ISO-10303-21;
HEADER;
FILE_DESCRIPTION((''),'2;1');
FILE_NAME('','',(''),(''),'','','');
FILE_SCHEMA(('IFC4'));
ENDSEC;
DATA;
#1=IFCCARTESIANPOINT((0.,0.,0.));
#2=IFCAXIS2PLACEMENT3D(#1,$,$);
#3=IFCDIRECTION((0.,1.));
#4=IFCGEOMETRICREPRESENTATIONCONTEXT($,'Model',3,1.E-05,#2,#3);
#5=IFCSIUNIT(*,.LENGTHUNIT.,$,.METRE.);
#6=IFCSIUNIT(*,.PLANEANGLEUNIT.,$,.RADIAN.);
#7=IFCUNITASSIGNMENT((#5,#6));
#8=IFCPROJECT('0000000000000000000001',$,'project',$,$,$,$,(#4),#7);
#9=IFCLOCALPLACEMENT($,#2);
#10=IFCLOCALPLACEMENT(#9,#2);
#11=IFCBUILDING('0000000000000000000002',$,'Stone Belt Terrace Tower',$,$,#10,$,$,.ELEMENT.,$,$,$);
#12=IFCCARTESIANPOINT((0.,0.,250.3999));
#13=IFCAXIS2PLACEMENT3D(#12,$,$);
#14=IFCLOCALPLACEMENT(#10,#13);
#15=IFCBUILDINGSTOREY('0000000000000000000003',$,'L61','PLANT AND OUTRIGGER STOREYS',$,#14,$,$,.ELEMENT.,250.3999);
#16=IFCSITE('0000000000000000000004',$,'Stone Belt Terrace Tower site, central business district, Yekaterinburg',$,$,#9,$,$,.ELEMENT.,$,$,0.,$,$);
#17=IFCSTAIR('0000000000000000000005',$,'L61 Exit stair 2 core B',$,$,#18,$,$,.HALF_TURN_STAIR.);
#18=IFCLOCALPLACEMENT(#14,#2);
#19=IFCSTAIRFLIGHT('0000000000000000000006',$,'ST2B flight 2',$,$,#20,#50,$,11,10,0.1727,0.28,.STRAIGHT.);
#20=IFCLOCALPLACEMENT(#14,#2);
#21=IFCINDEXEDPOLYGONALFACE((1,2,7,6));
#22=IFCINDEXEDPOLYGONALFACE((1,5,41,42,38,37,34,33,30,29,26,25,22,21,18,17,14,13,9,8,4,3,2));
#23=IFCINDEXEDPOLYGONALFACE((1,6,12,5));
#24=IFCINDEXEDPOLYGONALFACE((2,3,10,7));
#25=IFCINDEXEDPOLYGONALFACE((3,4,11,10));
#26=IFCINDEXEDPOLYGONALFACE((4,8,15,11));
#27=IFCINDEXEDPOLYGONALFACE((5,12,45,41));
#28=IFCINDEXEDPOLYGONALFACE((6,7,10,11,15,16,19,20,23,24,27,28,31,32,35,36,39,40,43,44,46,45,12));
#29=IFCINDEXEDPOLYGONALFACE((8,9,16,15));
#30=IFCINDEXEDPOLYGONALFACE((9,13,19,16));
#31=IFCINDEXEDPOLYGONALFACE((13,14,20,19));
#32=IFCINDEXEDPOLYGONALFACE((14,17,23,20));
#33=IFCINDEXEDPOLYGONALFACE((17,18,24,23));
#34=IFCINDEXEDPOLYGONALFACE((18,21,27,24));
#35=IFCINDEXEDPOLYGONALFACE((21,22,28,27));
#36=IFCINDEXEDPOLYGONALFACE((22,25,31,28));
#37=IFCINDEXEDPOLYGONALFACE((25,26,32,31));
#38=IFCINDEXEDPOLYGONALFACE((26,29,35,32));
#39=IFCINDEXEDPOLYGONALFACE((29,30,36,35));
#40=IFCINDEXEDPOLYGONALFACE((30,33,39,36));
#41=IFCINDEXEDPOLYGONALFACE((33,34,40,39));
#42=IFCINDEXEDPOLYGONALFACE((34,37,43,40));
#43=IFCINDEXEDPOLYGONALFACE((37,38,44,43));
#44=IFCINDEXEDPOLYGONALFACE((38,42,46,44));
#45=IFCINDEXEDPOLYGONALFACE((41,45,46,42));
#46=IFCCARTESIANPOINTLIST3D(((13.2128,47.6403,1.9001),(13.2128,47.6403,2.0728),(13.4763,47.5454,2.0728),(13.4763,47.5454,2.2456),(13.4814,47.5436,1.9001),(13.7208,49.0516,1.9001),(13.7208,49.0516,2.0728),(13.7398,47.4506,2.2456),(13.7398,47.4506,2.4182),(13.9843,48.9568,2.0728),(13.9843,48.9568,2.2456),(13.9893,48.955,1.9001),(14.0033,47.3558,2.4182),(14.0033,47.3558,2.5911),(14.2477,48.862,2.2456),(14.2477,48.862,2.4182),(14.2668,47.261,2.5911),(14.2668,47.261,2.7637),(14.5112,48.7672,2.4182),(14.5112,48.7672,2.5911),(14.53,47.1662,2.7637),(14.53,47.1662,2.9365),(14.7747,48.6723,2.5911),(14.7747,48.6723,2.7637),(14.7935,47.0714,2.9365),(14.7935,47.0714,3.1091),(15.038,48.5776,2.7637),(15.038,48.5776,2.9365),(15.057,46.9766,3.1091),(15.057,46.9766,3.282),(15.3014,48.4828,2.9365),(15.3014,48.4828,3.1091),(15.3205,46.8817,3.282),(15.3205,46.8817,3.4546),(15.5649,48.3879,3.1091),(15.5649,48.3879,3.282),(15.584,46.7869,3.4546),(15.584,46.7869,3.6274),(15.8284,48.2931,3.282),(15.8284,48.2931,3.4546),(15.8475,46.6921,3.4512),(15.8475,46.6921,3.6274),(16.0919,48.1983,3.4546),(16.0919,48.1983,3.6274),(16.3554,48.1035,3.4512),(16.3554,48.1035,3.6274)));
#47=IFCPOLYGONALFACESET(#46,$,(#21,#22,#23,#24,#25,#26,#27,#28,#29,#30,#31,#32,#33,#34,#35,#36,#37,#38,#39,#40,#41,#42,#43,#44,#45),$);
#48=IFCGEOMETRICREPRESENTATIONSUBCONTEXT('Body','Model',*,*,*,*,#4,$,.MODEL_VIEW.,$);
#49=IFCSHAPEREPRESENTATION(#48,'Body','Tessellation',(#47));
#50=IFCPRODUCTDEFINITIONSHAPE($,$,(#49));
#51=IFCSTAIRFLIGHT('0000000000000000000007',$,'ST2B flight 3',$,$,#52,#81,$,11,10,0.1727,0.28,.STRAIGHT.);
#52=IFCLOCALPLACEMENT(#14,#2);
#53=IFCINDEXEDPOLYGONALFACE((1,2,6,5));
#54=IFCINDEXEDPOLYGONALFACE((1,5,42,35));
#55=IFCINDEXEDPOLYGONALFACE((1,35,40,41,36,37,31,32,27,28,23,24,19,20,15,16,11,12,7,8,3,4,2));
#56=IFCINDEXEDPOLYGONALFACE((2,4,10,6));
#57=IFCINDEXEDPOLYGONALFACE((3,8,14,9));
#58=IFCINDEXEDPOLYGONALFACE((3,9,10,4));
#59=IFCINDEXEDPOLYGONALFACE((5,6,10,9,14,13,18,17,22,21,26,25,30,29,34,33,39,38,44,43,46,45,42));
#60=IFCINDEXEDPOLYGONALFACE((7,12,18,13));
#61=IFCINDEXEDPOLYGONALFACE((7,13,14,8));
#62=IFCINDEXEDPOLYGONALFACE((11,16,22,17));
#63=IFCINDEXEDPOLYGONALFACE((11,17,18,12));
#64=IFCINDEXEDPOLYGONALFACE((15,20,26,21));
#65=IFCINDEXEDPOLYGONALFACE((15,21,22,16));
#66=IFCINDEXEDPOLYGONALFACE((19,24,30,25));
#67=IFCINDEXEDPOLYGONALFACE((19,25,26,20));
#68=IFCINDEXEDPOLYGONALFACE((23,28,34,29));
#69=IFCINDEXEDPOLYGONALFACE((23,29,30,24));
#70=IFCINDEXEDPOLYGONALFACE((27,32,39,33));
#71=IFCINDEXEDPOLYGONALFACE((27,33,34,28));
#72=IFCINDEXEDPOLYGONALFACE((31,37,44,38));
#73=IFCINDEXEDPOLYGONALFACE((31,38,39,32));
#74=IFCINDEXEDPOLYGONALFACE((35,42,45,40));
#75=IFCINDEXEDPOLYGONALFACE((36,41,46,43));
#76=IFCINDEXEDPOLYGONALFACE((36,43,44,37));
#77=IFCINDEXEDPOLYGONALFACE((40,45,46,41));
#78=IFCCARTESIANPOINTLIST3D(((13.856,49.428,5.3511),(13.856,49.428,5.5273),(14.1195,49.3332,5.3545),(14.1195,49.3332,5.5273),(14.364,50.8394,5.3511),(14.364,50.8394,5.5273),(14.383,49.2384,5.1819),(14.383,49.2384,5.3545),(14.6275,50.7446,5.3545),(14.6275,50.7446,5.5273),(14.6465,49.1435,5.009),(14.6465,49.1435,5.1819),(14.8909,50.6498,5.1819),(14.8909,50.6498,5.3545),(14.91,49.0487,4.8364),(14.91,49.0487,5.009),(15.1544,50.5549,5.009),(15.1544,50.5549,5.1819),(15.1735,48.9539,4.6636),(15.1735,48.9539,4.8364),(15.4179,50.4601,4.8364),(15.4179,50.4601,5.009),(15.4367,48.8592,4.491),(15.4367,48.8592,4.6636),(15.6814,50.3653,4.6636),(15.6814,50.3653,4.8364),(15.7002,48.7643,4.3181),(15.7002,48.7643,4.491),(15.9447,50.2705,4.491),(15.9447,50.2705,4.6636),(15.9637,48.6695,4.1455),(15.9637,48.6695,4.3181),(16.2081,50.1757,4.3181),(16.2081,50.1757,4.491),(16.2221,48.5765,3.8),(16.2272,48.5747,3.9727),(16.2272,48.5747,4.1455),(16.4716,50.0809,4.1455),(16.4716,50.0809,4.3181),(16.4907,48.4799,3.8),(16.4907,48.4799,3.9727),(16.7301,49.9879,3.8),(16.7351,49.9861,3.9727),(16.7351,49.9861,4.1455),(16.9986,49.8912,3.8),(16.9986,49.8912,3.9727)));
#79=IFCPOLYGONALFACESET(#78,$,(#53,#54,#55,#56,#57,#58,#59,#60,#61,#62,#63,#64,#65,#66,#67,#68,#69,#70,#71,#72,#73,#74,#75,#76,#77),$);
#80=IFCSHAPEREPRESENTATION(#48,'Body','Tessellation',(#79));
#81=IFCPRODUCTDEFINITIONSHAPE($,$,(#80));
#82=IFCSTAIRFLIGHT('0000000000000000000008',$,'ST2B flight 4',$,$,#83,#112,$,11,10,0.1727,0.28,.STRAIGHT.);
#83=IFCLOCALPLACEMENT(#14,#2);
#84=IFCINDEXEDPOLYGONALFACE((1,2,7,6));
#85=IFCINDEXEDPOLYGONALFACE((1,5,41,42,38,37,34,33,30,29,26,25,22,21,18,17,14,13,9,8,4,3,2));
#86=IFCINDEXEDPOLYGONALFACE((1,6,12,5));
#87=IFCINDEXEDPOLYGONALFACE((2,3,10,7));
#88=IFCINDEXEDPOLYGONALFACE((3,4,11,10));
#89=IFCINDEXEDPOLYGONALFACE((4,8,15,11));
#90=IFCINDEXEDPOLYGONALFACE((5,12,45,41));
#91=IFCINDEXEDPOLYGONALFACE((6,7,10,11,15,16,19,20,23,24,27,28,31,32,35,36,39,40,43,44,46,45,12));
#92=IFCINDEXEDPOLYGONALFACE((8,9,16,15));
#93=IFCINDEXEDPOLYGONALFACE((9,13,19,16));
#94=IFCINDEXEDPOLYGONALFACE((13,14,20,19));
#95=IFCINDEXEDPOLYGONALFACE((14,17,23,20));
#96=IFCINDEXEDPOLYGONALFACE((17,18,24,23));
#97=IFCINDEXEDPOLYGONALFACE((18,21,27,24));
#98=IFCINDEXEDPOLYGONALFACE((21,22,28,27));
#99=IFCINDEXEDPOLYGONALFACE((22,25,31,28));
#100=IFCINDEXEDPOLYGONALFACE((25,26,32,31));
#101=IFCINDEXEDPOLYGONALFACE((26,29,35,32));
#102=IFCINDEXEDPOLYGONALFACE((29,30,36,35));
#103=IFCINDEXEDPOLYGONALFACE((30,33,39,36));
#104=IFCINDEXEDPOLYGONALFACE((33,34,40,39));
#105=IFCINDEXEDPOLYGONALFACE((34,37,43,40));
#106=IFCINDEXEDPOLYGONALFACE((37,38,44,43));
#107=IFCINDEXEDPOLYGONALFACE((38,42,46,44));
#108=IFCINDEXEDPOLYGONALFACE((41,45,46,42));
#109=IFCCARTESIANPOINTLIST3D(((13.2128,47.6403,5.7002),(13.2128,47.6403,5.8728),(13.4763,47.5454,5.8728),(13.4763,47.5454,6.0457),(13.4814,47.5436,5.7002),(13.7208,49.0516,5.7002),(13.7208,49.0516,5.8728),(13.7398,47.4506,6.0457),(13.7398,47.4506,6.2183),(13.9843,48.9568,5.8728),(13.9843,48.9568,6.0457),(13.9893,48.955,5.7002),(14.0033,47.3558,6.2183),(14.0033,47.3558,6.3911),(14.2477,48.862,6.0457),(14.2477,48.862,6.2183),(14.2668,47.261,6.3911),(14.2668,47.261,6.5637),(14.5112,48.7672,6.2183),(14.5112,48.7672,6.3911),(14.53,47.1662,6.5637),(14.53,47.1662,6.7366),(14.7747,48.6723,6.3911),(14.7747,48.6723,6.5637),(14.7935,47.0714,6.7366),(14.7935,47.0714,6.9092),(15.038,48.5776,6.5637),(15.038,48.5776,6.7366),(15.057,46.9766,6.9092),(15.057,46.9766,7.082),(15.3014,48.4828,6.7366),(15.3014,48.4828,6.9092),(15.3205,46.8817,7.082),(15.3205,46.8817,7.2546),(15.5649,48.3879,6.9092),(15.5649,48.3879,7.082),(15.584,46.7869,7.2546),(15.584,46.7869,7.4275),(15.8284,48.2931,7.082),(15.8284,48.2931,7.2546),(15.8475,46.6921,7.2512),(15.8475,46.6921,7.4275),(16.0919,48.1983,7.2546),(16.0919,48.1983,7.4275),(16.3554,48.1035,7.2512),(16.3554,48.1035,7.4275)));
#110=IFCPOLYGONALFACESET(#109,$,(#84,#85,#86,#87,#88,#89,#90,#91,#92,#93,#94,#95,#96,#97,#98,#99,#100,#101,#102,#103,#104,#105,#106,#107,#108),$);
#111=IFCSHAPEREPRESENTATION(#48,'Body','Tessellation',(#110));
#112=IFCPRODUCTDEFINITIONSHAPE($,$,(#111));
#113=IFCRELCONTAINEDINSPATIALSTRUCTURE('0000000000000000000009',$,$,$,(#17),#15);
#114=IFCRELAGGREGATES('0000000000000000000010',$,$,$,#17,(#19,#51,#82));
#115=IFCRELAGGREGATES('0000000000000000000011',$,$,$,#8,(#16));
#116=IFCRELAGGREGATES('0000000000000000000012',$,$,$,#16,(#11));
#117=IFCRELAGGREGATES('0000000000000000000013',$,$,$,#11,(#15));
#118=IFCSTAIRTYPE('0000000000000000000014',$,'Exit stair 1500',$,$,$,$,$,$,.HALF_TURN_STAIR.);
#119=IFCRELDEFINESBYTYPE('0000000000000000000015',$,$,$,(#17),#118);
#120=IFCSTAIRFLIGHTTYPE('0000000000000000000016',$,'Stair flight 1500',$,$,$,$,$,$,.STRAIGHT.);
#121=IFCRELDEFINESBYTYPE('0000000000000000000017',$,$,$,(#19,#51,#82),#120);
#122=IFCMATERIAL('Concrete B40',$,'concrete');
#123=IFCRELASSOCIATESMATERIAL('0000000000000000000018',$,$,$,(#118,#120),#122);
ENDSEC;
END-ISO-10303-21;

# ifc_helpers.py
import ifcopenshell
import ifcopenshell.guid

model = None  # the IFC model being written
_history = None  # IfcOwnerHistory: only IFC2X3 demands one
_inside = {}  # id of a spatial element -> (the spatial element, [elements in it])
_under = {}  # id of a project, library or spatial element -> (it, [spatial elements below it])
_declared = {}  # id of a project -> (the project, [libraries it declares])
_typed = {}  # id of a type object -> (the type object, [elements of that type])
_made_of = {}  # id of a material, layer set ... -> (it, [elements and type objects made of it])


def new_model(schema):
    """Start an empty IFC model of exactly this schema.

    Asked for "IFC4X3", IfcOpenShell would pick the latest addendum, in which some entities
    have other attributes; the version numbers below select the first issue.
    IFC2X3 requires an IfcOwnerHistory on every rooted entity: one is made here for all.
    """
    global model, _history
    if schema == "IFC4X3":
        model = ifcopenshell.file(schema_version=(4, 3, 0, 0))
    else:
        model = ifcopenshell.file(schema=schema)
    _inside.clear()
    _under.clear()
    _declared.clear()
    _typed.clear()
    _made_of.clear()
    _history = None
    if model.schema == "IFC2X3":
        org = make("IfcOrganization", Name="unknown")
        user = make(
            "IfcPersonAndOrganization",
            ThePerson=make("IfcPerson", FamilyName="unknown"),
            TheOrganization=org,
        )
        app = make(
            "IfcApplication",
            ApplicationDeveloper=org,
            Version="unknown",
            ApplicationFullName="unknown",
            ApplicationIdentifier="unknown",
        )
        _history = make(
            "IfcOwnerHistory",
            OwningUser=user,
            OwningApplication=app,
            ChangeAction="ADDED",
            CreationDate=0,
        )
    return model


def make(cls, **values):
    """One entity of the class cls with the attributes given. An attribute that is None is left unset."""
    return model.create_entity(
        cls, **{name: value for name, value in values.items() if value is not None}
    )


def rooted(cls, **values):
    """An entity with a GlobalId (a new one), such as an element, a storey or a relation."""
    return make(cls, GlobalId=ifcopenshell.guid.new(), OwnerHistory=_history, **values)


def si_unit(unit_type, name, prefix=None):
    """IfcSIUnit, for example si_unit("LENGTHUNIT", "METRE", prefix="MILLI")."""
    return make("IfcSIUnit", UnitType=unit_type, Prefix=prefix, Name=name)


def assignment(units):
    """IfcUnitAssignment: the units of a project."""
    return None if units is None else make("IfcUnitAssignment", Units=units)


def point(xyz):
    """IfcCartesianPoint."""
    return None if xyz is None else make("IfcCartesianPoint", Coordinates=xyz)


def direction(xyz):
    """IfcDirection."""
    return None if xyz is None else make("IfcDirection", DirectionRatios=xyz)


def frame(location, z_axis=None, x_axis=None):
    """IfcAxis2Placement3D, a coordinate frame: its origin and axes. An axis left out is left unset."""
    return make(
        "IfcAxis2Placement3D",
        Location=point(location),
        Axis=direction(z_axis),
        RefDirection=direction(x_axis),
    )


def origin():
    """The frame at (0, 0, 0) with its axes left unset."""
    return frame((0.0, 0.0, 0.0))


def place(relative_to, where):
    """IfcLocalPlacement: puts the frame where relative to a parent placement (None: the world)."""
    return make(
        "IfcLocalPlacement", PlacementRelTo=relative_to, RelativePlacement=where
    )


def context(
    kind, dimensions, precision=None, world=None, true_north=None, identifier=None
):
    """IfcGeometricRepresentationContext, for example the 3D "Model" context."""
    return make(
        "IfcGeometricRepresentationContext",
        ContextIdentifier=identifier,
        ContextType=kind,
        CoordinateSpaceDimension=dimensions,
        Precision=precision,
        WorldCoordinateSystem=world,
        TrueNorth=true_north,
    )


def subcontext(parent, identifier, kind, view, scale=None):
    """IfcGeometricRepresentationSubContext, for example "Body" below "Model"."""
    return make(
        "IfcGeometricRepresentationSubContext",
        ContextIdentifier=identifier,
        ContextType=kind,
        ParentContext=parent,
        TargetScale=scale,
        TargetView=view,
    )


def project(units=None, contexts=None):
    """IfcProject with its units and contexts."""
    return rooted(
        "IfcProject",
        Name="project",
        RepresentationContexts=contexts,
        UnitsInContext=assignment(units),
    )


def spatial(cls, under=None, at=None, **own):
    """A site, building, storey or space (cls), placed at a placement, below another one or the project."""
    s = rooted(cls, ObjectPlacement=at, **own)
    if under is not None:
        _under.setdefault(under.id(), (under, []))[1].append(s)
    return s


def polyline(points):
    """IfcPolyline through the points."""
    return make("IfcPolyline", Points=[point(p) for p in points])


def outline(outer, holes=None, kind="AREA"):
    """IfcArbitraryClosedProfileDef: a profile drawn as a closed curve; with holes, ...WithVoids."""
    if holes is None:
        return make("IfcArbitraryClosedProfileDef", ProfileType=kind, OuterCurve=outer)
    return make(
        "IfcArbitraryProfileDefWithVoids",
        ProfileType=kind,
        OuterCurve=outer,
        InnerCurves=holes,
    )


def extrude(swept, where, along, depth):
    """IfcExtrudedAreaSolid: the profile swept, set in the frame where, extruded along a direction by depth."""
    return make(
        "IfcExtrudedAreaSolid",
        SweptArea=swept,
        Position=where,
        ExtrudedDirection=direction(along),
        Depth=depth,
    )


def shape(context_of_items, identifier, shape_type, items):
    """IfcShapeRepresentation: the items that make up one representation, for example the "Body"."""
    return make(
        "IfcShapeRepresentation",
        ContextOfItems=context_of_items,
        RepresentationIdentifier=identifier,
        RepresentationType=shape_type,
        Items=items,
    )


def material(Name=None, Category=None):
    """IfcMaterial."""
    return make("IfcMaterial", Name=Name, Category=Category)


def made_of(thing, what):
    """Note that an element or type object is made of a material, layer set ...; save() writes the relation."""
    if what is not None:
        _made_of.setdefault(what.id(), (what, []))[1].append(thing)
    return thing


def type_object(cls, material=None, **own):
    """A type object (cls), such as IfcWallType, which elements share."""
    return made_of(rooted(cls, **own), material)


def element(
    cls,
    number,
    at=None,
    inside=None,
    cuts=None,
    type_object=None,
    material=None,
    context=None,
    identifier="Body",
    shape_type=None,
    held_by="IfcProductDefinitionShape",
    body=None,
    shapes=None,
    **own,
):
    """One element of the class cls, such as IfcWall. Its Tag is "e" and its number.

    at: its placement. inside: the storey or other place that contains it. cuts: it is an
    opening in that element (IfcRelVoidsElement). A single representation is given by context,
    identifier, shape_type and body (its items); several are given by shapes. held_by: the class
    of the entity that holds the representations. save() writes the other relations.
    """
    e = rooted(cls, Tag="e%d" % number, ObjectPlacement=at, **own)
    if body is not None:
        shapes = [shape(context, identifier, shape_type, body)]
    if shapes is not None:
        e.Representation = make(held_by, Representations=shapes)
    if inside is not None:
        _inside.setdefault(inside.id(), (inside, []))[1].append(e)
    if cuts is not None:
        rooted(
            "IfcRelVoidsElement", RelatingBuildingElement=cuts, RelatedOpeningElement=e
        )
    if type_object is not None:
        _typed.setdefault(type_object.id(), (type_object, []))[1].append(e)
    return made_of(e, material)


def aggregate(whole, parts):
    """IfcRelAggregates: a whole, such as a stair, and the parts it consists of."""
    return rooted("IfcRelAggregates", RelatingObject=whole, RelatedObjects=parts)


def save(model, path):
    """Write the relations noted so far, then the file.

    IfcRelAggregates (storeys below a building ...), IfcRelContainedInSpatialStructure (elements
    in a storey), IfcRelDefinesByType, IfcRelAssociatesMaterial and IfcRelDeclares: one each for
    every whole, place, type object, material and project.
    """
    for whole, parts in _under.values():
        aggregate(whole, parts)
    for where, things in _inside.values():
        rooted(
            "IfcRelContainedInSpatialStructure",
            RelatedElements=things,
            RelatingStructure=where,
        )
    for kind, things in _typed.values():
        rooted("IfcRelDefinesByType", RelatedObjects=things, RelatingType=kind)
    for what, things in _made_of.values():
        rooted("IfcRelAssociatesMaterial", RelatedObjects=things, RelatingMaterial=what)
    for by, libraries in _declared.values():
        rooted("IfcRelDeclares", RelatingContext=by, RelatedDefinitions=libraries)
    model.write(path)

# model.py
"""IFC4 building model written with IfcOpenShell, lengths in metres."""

from ifc_helpers import new_model, si_unit, direction, frame, origin, place, context, subcontext, project, spatial, polyline, outline, extrude, material, type_object, element, aggregate, save


model = new_model("IFC4")

# Units and contexts
model_context = context("Model", 3, precision=1e-05, world=origin(), true_north=direction((0.0, 1.0)))
body_context = subcontext(model_context, "Body", "Model", "MODEL_VIEW")
ifc_project = project(units=[si_unit("LENGTHUNIT", "METRE"), si_unit("PLANEANGLEUNIT", "RADIAN")], contexts=[model_context])

# Site, building, storey
site_placement = place(None, origin())
site = spatial("IfcSite", under=ifc_project, at=site_placement, Name="Stone Belt Terrace Tower site, central business district, Yekaterinburg", CompositionType="ELEMENT", RefElevation=0.0)
building_placement = place(site_placement, origin())
building = spatial("IfcBuilding", under=site, at=building_placement, Name="Stone Belt Terrace Tower", CompositionType="ELEMENT")
storey_placement = place(building_placement, frame((0.0, 0.0, 250.3999)))
storey = spatial("IfcBuildingStorey", under=building, at=storey_placement, Name="L61", Description="PLANT AND OUTRIGGER STOREYS", CompositionType="ELEMENT", Elevation=250.3999)

# Stair, stair flights
ifc_material_1 = material(Name="Concrete B40", Category="concrete")
stair_type = type_object("IfcStairType", Name="Exit stair 1500", PredefinedType="HALF_TURN_STAIR", material=ifc_material_1)
stair_placement = place(storey_placement, origin())
stair = element("IfcStair", 1, at=stair_placement, inside=storey, type_object=stair_type, Name="L61 Exit stair 2 core B", PredefinedType="HALF_TURN_STAIR")
stair_flight_type = type_object("IfcStairFlightType", Name="Stair flight 1500", PredefinedType="STRAIGHT", material=ifc_material_1)
stair_flight_1_placement = place(storey_placement, frame((13.4668, 48.3459, 1.9001), z_axis=(0.0, 0.0, 1.0), x_axis=(0.940922, -0.338624, 0.0)))
stair_flight_1 = element("IfcStairFlight", 2, at=stair_flight_1_placement, type_object=stair_flight_type, Name="ST2B flight 2", NumberOfRisers=11, NumberOfTreads=10, PredefinedType="STRAIGHT", RiserHeight=0.1727, TreadLength=0.28, context=body_context, shape_type="SweptSolid", body=[
    extrude(outline(polyline([(0.0, 0.0), (0.0, 0.1726), (0.28, 0.1726), (0.28, 0.3455), (0.5601, 0.3455), (0.5601, 0.5181), (0.8401, 0.5181), (0.8401, 0.6909), (1.1201, 0.6909), (1.1201, 0.8635), (1.3999, 0.8635), (1.3999, 1.0364), (1.6799, 1.0364), (1.6799, 1.209), (1.96, 1.209), (1.96, 1.3818), (2.24, 1.3818), (2.24, 1.5544), (2.52, 1.5544), (2.52, 1.7273), (2.8, 1.7273), (2.8, 1.8999), (2.8, 1.551), (0.2854, 0.0), (0.0, 0.0)])), frame((0.0, 0.75, 0.0), z_axis=(0.0, -1.0, 0.0), x_axis=(1.0, 0.0, 0.0)), (0.0, 0.0, 1.0), 1.5),
])
stair_flight_2_placement = place(storey_placement, frame((16.7446, 49.1855, 3.8), z_axis=(0.0, 0.0, 1.0), x_axis=(-0.940922, 0.338624, 0.0)))
stair_flight_2 = element("IfcStairFlight", 3, at=stair_flight_2_placement, type_object=stair_flight_type, Name="ST2B flight 3", NumberOfRisers=11, NumberOfTreads=10, PredefinedType="STRAIGHT", RiserHeight=0.1727, TreadLength=0.28, context=body_context, shape_type="SweptSolid", body=[
    extrude(outline(polyline([(0.0, 0.0), (0.0, 0.1726), (0.28, 0.1726), (0.28, 0.3455), (0.5601, 0.3455), (0.5601, 0.5181), (0.8401, 0.5181), (0.8401, 0.6909), (1.1201, 0.6909), (1.1201, 0.8635), (1.3999, 0.8635), (1.3999, 1.0364), (1.6799, 1.0364), (1.6799, 1.209), (1.96, 1.209), (1.96, 1.3818), (2.24, 1.3818), (2.24, 1.5544), (2.52, 1.5544), (2.52, 1.7273), (2.8, 1.7273), (2.8, 1.8999), (2.8, 1.551), (0.2854, 0.0), (0.0, 0.0)])), frame((0.0, 0.75, 0.0), z_axis=(0.0, -1.0, 0.0), x_axis=(1.0, 0.0, 0.0)), (0.0, 0.0, 1.0), 1.5),
])
stair_flight_3_placement = place(storey_placement, frame((13.4668, 48.3459, 5.7002), z_axis=(0.0, 0.0, 1.0), x_axis=(0.940922, -0.338624, 0.0)))
stair_flight_3 = element("IfcStairFlight", 4, at=stair_flight_3_placement, type_object=stair_flight_type, Name="ST2B flight 4", NumberOfRisers=11, NumberOfTreads=10, PredefinedType="STRAIGHT", RiserHeight=0.1727, TreadLength=0.28, context=body_context, shape_type="SweptSolid", body=[
    extrude(outline(polyline([(0.0, 0.0), (0.0, 0.1726), (0.28, 0.1726), (0.28, 0.3455), (0.5601, 0.3455), (0.5601, 0.5181), (0.8401, 0.5181), (0.8401, 0.6909), (1.1201, 0.6909), (1.1201, 0.8635), (1.3999, 0.8635), (1.3999, 1.0364), (1.6799, 1.0364), (1.6799, 1.209), (1.96, 1.209), (1.96, 1.3818), (2.24, 1.3818), (2.24, 1.5544), (2.52, 1.5544), (2.52, 1.7273), (2.8, 1.7273), (2.8, 1.8999), (2.8, 1.551), (0.2854, 0.0), (0.0, 0.0)])), frame((0.0, 0.75, 0.0), z_axis=(0.0, -1.0, 0.0), x_axis=(1.0, 0.0, 0.0)), (0.0, 0.0, 1.0), 1.5),
])
aggregate(stair, [stair_flight_1, stair_flight_2, stair_flight_3])

save(model, "model.ifc")
